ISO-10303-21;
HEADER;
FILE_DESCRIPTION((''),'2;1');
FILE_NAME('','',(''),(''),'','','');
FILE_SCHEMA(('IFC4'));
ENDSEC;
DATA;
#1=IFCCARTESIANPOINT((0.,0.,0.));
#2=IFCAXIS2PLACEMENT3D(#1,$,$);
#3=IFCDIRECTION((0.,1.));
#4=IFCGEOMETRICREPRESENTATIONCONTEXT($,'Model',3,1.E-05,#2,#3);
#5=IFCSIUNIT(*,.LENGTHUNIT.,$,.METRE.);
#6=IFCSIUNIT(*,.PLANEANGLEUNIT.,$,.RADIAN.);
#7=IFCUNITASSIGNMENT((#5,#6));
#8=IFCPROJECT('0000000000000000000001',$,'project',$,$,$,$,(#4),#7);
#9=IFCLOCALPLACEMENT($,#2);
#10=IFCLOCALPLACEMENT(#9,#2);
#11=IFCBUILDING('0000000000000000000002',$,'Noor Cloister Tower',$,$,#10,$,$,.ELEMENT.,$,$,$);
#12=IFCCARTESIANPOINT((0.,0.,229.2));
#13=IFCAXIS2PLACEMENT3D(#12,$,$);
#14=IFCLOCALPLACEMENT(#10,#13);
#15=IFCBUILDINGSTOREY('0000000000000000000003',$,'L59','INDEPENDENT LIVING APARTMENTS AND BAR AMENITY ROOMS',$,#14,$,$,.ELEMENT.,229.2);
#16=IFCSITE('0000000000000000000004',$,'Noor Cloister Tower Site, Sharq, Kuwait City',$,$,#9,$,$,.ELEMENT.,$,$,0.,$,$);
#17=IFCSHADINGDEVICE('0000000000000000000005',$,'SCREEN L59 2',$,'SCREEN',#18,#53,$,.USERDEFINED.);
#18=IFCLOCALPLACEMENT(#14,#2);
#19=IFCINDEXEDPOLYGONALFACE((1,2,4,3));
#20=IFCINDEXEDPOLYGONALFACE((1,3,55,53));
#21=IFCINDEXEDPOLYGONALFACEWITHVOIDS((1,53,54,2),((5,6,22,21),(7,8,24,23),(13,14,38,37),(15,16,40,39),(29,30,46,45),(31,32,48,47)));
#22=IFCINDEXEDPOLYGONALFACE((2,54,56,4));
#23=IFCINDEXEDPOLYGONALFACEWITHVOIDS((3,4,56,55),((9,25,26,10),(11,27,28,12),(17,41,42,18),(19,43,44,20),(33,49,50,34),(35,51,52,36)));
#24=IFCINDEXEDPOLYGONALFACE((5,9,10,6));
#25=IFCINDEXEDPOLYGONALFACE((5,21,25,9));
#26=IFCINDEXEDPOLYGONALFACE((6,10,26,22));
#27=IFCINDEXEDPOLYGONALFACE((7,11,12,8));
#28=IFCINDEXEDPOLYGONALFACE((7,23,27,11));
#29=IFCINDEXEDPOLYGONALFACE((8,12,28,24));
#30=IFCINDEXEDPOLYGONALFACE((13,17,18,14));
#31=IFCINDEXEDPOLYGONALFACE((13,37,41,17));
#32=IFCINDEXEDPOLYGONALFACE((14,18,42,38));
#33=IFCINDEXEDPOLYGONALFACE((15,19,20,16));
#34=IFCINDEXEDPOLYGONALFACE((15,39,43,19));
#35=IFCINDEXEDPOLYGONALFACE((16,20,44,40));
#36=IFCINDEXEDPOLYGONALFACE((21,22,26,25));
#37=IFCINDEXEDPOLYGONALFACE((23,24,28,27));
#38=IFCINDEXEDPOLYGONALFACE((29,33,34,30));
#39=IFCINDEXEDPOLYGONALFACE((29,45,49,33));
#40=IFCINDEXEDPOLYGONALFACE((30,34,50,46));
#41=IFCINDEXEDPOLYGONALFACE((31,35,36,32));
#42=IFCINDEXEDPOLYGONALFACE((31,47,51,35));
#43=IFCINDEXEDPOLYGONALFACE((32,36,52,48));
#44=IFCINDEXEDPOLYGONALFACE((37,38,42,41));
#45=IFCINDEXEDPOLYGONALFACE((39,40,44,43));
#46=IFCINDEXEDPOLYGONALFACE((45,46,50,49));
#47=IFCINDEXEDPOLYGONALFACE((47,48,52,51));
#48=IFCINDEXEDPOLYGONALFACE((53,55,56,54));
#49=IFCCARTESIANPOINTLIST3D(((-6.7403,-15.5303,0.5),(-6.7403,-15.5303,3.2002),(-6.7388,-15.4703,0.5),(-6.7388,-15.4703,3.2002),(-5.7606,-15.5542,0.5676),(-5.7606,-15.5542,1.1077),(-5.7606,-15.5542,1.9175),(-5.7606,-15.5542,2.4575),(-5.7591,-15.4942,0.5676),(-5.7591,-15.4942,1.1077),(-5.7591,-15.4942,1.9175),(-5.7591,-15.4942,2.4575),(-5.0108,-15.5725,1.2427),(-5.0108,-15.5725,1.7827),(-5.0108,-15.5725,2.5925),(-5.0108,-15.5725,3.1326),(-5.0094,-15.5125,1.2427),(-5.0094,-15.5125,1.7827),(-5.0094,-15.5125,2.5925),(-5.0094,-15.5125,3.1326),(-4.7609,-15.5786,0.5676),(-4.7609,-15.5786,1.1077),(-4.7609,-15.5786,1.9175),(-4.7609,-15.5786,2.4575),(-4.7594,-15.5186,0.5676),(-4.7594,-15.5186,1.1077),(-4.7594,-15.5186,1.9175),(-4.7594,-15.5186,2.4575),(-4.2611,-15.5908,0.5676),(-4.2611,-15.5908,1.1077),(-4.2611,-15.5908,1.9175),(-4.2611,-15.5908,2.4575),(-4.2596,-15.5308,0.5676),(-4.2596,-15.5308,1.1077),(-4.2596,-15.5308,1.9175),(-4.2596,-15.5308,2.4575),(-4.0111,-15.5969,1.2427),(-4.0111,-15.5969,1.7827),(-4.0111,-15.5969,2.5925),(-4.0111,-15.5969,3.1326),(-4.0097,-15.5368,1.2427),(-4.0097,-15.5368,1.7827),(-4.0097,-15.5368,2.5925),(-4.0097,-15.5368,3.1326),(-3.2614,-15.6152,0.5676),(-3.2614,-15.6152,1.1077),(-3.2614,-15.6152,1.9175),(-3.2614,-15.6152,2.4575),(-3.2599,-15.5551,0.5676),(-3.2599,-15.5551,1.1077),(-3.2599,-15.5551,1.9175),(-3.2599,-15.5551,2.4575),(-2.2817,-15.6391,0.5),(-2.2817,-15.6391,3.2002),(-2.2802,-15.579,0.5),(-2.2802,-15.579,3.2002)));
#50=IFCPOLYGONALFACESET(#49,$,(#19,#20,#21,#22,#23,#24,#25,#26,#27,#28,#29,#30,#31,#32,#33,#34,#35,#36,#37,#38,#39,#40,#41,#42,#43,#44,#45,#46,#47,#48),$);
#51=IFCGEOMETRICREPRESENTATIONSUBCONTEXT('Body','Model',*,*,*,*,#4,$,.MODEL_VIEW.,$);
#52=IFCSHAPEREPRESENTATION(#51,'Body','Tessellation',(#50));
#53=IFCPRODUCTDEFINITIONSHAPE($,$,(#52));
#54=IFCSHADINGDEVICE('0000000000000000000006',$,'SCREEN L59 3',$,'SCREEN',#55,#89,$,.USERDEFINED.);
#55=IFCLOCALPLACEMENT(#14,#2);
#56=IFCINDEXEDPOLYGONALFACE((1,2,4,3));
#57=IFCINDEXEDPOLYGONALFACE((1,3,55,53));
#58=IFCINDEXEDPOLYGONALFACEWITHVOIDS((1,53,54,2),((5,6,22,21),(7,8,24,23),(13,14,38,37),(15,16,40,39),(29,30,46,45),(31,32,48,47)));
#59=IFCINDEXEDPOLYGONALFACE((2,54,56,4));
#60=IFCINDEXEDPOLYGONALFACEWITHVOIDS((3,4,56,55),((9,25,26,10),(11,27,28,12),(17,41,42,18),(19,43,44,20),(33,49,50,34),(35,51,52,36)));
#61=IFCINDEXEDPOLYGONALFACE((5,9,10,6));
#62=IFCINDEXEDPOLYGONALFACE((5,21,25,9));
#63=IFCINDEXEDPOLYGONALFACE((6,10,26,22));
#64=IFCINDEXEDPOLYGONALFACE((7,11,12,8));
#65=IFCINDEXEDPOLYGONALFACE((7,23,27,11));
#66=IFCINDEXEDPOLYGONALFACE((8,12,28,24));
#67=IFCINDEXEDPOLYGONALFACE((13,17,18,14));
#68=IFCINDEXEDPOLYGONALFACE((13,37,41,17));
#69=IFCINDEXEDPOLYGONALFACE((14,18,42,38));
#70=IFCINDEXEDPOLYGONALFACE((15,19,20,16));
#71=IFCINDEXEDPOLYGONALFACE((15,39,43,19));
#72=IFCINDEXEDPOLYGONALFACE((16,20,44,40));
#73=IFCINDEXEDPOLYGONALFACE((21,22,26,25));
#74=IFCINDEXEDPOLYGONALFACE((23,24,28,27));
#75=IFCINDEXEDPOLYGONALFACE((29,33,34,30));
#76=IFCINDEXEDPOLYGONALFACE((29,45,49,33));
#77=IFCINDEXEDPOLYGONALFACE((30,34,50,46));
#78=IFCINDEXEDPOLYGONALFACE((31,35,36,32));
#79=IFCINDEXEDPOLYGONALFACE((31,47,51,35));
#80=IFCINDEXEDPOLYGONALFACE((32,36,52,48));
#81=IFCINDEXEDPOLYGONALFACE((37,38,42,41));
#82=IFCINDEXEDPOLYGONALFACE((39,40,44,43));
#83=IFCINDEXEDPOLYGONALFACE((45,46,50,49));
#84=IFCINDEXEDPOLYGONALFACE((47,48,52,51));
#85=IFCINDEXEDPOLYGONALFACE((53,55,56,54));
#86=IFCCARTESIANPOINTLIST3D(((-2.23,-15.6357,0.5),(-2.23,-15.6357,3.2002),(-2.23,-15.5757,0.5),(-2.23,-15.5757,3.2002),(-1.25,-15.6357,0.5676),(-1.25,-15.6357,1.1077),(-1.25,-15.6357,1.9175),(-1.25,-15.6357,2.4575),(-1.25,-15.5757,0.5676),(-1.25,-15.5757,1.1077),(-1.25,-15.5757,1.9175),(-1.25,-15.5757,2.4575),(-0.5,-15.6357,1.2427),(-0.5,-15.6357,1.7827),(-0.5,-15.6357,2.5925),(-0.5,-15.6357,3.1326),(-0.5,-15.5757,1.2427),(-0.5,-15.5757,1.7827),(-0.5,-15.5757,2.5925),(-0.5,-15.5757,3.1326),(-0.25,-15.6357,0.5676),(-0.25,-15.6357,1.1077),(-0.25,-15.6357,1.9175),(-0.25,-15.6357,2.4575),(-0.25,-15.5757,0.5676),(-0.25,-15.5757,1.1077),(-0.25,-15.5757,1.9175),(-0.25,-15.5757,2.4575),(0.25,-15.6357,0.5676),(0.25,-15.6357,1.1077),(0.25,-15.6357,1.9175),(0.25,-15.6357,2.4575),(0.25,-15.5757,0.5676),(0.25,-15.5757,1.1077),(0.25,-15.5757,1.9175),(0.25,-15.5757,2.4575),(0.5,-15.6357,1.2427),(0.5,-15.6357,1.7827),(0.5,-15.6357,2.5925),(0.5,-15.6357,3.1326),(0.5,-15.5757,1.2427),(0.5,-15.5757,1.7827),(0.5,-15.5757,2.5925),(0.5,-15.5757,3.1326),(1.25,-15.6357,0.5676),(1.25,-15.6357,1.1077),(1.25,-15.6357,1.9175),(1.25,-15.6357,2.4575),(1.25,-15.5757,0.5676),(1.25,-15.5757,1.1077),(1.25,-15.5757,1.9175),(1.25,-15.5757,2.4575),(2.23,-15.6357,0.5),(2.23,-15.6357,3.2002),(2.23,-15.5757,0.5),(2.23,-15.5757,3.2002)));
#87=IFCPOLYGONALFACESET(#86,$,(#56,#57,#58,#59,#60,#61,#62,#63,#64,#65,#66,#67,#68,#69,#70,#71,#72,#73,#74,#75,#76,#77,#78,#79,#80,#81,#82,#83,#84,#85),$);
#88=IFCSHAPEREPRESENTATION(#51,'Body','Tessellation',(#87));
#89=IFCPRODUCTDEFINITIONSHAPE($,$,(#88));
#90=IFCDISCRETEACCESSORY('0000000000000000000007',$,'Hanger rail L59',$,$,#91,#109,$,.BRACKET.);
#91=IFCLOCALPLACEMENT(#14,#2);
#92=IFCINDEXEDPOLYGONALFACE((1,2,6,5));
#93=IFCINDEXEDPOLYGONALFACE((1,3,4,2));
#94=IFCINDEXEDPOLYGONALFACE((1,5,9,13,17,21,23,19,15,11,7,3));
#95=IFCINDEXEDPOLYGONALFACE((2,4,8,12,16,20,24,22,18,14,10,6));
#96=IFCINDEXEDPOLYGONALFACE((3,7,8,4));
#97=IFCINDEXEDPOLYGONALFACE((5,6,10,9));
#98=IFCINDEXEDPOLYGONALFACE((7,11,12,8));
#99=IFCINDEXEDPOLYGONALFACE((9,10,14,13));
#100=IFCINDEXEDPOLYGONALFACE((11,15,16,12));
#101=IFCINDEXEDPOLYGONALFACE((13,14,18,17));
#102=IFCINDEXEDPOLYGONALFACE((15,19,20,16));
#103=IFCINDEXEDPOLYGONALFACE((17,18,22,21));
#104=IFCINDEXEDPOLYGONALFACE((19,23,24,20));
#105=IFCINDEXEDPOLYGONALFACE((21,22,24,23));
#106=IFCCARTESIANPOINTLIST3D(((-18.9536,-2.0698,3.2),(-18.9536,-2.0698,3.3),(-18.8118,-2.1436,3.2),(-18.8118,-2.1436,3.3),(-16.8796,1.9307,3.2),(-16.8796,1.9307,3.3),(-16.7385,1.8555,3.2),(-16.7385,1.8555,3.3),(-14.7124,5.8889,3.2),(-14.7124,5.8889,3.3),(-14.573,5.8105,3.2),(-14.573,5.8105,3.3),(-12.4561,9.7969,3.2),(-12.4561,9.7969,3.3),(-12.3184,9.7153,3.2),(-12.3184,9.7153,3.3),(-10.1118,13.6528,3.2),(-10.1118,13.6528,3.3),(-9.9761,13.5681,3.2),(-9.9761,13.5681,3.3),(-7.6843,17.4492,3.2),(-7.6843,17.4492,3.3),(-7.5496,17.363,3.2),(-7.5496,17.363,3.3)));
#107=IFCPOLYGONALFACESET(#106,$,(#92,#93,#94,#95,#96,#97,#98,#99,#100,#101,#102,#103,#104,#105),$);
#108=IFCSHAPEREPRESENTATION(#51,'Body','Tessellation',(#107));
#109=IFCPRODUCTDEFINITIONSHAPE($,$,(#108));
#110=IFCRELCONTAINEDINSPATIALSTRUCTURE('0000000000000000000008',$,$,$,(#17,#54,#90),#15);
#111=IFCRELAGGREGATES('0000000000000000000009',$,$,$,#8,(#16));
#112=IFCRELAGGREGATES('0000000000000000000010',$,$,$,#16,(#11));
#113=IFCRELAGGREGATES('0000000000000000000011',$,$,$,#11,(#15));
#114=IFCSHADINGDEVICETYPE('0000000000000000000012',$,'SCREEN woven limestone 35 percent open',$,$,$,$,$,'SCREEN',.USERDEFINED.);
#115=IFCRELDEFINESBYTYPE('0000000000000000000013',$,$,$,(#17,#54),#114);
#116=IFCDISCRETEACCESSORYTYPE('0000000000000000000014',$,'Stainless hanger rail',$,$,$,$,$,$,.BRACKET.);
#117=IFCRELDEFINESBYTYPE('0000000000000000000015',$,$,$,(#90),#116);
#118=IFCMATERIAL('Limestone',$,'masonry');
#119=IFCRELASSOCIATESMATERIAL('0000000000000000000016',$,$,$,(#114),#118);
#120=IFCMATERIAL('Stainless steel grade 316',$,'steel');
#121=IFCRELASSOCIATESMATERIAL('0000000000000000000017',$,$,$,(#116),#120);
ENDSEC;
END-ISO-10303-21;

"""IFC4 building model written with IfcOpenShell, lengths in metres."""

from ifc_helpers import new_model, si_unit, direction, frame, origin, place, context, subcontext, project, spatial, polyline, outline, extrude, material, material_profile, profile_set, type_object, element, save


model = new_model("IFC4")

# Units and contexts
model_context = context("Model", 3, precision=1e-05, world=origin(), true_north=direction((0.0, 1.0)))
body_context = subcontext(model_context, "Body", "Model", "MODEL_VIEW")
ifc_project = project(units=[si_unit("LENGTHUNIT", "METRE"), si_unit("PLANEANGLEUNIT", "RADIAN")], contexts=[model_context])

# Site, building, storey
site_placement = place(None, origin())
site = spatial("IfcSite", under=ifc_project, at=site_placement, Name="Noor Cloister Tower Site, Sharq, Kuwait City", CompositionType="ELEMENT", RefElevation=0.0)
building_placement = place(site_placement, origin())
building = spatial("IfcBuilding", under=site, at=building_placement, Name="Noor Cloister Tower", CompositionType="ELEMENT")
storey_placement = place(building_placement, frame((0.0, 0.0, 229.2)))
storey = spatial("IfcBuildingStorey", under=building, at=storey_placement, Name="L59", Description="INDEPENDENT LIVING APARTMENTS AND BAR AMENITY ROOMS", CompositionType="ELEMENT", Elevation=229.2)

# Shading devices
ifc_material_1 = material(Name="Limestone", Category="masonry")
ifc_material_profile_1 = material_profile(ifc_material_1, outline(polyline([(-2.23, -1.3501), (2.23, -1.3501), (2.23, 1.3501), (-2.23, 1.3501), (-2.23, -1.3501)]), holes=[polyline([(-1.25, -1.2825), (-0.25, -1.2825), (-0.25, -0.7424), (-1.25, -0.7424), (-1.25, -1.2825)]), polyline([(0.25, -1.2825), (1.25, -1.2825), (1.25, -0.7424), (0.25, -0.7424), (0.25, -1.2825)]), polyline([(-0.5, -0.6074), (0.5, -0.6074), (0.5, -0.0674), (-0.5, -0.0674), (-0.5, -0.6074)]), polyline([(-1.25, 0.0674), (-0.25, 0.0674), (-0.25, 0.6074), (-1.25, 0.6074), (-1.25, 0.0674)]), polyline([(0.25, 0.0674), (1.25, 0.0674), (1.25, 0.6074), (0.25, 0.6074), (0.25, 0.0674)]), polyline([(-0.5, 0.7424), (0.5, 0.7424), (0.5, 1.2825), (-0.5, 1.2825), (-0.5, 0.7424)])]), Name="Woven screen 35 percent open")
ifc_profile_set_1 = profile_set([ifc_material_profile_1], Name="Limestone")
shading_device_type = type_object("IfcShadingDeviceType", Name="SCREEN woven limestone 35 percent open", ElementType="SCREEN", PredefinedType="USERDEFINED", material=ifc_profile_set_1)
for number, where, z_axis, x_axis, name in (
    (1, (-4.5095, -15.5247, 1.8501), (-0.024383, -0.999703, 0.0), (0.999703, -0.024383, 0.0), "SCREEN L59 2"),
    (2, (0.0, -15.5757, 1.8501), (0.0, -1.0, 0.0), (1.0, 0.0, 0.0), "SCREEN L59 3"),
):
    element("IfcShadingDevice", number, at=place(storey_placement, frame(where, z_axis=z_axis, x_axis=x_axis)), inside=storey, type_object=shading_device_type, Name=name, ObjectType="SCREEN", PredefinedType="USERDEFINED", context=body_context, shape_type="SweptSolid", body=[
        extrude(outline(polyline([(-2.23, -1.3501), (2.23, -1.3501), (2.23, 1.3501), (-2.23, 1.3501), (-2.23, -1.3501)]), holes=[polyline([(-1.25, -1.2825), (-0.25, -1.2825), (-0.25, -0.7424), (-1.25, -0.7424), (-1.25, -1.2825)]), polyline([(0.25, -1.2825), (1.25, -1.2825), (1.25, -0.7424), (0.25, -0.7424), (0.25, -1.2825)]), polyline([(-0.5, -0.6074), (0.5, -0.6074), (0.5, -0.0674), (-0.5, -0.0674), (-0.5, -0.6074)]), polyline([(-1.25, 0.0674), (-0.25, 0.0674), (-0.25, 0.6074), (-1.25, 0.6074), (-1.25, 0.0674)]), polyline([(0.25, 0.0674), (1.25, 0.0674), (1.25, 0.6074), (0.25, 0.6074), (0.25, 0.0674)]), polyline([(-0.5, 0.7424), (0.5, 0.7424), (0.5, 1.2825), (-0.5, 1.2825), (-0.5, 0.7424)])]), origin(), (0.0, 0.0, 1.0), 0.0601),
    ])

# Discrete accessory
ifc_material_2 = material(Name="Stainless steel grade 316", Category="steel")
discrete_accessory_type = type_object("IfcDiscreteAccessoryType", Name="Stainless hanger rail", PredefinedType="BRACKET", material=ifc_material_2)
discrete_accessory_placement = place(storey_placement, frame((0.0, 0.0, 3.2)))
element("IfcDiscreteAccessory", 3, at=discrete_accessory_placement, inside=storey, type_object=discrete_accessory_type, Name="Hanger rail L59", PredefinedType="BRACKET", context=body_context, shape_type="SweptSolid", body=[
    extrude(outline(polyline([(-7.6843, 17.4492), (-10.1118, 13.6528), (-12.4561, 9.7969), (-14.7124, 5.8889), (-16.8796, 1.9307), (-18.9536, -2.0698), (-18.8118, -2.1436), (-16.7385, 1.8555), (-14.573, 5.8105), (-12.3184, 9.7153), (-9.9761, 13.5681), (-7.5496, 17.363), (-7.6843, 17.4492)])), origin(), (0.0, 0.0, 1.0), 0.1001),
])

save(model, "model.ifc")
